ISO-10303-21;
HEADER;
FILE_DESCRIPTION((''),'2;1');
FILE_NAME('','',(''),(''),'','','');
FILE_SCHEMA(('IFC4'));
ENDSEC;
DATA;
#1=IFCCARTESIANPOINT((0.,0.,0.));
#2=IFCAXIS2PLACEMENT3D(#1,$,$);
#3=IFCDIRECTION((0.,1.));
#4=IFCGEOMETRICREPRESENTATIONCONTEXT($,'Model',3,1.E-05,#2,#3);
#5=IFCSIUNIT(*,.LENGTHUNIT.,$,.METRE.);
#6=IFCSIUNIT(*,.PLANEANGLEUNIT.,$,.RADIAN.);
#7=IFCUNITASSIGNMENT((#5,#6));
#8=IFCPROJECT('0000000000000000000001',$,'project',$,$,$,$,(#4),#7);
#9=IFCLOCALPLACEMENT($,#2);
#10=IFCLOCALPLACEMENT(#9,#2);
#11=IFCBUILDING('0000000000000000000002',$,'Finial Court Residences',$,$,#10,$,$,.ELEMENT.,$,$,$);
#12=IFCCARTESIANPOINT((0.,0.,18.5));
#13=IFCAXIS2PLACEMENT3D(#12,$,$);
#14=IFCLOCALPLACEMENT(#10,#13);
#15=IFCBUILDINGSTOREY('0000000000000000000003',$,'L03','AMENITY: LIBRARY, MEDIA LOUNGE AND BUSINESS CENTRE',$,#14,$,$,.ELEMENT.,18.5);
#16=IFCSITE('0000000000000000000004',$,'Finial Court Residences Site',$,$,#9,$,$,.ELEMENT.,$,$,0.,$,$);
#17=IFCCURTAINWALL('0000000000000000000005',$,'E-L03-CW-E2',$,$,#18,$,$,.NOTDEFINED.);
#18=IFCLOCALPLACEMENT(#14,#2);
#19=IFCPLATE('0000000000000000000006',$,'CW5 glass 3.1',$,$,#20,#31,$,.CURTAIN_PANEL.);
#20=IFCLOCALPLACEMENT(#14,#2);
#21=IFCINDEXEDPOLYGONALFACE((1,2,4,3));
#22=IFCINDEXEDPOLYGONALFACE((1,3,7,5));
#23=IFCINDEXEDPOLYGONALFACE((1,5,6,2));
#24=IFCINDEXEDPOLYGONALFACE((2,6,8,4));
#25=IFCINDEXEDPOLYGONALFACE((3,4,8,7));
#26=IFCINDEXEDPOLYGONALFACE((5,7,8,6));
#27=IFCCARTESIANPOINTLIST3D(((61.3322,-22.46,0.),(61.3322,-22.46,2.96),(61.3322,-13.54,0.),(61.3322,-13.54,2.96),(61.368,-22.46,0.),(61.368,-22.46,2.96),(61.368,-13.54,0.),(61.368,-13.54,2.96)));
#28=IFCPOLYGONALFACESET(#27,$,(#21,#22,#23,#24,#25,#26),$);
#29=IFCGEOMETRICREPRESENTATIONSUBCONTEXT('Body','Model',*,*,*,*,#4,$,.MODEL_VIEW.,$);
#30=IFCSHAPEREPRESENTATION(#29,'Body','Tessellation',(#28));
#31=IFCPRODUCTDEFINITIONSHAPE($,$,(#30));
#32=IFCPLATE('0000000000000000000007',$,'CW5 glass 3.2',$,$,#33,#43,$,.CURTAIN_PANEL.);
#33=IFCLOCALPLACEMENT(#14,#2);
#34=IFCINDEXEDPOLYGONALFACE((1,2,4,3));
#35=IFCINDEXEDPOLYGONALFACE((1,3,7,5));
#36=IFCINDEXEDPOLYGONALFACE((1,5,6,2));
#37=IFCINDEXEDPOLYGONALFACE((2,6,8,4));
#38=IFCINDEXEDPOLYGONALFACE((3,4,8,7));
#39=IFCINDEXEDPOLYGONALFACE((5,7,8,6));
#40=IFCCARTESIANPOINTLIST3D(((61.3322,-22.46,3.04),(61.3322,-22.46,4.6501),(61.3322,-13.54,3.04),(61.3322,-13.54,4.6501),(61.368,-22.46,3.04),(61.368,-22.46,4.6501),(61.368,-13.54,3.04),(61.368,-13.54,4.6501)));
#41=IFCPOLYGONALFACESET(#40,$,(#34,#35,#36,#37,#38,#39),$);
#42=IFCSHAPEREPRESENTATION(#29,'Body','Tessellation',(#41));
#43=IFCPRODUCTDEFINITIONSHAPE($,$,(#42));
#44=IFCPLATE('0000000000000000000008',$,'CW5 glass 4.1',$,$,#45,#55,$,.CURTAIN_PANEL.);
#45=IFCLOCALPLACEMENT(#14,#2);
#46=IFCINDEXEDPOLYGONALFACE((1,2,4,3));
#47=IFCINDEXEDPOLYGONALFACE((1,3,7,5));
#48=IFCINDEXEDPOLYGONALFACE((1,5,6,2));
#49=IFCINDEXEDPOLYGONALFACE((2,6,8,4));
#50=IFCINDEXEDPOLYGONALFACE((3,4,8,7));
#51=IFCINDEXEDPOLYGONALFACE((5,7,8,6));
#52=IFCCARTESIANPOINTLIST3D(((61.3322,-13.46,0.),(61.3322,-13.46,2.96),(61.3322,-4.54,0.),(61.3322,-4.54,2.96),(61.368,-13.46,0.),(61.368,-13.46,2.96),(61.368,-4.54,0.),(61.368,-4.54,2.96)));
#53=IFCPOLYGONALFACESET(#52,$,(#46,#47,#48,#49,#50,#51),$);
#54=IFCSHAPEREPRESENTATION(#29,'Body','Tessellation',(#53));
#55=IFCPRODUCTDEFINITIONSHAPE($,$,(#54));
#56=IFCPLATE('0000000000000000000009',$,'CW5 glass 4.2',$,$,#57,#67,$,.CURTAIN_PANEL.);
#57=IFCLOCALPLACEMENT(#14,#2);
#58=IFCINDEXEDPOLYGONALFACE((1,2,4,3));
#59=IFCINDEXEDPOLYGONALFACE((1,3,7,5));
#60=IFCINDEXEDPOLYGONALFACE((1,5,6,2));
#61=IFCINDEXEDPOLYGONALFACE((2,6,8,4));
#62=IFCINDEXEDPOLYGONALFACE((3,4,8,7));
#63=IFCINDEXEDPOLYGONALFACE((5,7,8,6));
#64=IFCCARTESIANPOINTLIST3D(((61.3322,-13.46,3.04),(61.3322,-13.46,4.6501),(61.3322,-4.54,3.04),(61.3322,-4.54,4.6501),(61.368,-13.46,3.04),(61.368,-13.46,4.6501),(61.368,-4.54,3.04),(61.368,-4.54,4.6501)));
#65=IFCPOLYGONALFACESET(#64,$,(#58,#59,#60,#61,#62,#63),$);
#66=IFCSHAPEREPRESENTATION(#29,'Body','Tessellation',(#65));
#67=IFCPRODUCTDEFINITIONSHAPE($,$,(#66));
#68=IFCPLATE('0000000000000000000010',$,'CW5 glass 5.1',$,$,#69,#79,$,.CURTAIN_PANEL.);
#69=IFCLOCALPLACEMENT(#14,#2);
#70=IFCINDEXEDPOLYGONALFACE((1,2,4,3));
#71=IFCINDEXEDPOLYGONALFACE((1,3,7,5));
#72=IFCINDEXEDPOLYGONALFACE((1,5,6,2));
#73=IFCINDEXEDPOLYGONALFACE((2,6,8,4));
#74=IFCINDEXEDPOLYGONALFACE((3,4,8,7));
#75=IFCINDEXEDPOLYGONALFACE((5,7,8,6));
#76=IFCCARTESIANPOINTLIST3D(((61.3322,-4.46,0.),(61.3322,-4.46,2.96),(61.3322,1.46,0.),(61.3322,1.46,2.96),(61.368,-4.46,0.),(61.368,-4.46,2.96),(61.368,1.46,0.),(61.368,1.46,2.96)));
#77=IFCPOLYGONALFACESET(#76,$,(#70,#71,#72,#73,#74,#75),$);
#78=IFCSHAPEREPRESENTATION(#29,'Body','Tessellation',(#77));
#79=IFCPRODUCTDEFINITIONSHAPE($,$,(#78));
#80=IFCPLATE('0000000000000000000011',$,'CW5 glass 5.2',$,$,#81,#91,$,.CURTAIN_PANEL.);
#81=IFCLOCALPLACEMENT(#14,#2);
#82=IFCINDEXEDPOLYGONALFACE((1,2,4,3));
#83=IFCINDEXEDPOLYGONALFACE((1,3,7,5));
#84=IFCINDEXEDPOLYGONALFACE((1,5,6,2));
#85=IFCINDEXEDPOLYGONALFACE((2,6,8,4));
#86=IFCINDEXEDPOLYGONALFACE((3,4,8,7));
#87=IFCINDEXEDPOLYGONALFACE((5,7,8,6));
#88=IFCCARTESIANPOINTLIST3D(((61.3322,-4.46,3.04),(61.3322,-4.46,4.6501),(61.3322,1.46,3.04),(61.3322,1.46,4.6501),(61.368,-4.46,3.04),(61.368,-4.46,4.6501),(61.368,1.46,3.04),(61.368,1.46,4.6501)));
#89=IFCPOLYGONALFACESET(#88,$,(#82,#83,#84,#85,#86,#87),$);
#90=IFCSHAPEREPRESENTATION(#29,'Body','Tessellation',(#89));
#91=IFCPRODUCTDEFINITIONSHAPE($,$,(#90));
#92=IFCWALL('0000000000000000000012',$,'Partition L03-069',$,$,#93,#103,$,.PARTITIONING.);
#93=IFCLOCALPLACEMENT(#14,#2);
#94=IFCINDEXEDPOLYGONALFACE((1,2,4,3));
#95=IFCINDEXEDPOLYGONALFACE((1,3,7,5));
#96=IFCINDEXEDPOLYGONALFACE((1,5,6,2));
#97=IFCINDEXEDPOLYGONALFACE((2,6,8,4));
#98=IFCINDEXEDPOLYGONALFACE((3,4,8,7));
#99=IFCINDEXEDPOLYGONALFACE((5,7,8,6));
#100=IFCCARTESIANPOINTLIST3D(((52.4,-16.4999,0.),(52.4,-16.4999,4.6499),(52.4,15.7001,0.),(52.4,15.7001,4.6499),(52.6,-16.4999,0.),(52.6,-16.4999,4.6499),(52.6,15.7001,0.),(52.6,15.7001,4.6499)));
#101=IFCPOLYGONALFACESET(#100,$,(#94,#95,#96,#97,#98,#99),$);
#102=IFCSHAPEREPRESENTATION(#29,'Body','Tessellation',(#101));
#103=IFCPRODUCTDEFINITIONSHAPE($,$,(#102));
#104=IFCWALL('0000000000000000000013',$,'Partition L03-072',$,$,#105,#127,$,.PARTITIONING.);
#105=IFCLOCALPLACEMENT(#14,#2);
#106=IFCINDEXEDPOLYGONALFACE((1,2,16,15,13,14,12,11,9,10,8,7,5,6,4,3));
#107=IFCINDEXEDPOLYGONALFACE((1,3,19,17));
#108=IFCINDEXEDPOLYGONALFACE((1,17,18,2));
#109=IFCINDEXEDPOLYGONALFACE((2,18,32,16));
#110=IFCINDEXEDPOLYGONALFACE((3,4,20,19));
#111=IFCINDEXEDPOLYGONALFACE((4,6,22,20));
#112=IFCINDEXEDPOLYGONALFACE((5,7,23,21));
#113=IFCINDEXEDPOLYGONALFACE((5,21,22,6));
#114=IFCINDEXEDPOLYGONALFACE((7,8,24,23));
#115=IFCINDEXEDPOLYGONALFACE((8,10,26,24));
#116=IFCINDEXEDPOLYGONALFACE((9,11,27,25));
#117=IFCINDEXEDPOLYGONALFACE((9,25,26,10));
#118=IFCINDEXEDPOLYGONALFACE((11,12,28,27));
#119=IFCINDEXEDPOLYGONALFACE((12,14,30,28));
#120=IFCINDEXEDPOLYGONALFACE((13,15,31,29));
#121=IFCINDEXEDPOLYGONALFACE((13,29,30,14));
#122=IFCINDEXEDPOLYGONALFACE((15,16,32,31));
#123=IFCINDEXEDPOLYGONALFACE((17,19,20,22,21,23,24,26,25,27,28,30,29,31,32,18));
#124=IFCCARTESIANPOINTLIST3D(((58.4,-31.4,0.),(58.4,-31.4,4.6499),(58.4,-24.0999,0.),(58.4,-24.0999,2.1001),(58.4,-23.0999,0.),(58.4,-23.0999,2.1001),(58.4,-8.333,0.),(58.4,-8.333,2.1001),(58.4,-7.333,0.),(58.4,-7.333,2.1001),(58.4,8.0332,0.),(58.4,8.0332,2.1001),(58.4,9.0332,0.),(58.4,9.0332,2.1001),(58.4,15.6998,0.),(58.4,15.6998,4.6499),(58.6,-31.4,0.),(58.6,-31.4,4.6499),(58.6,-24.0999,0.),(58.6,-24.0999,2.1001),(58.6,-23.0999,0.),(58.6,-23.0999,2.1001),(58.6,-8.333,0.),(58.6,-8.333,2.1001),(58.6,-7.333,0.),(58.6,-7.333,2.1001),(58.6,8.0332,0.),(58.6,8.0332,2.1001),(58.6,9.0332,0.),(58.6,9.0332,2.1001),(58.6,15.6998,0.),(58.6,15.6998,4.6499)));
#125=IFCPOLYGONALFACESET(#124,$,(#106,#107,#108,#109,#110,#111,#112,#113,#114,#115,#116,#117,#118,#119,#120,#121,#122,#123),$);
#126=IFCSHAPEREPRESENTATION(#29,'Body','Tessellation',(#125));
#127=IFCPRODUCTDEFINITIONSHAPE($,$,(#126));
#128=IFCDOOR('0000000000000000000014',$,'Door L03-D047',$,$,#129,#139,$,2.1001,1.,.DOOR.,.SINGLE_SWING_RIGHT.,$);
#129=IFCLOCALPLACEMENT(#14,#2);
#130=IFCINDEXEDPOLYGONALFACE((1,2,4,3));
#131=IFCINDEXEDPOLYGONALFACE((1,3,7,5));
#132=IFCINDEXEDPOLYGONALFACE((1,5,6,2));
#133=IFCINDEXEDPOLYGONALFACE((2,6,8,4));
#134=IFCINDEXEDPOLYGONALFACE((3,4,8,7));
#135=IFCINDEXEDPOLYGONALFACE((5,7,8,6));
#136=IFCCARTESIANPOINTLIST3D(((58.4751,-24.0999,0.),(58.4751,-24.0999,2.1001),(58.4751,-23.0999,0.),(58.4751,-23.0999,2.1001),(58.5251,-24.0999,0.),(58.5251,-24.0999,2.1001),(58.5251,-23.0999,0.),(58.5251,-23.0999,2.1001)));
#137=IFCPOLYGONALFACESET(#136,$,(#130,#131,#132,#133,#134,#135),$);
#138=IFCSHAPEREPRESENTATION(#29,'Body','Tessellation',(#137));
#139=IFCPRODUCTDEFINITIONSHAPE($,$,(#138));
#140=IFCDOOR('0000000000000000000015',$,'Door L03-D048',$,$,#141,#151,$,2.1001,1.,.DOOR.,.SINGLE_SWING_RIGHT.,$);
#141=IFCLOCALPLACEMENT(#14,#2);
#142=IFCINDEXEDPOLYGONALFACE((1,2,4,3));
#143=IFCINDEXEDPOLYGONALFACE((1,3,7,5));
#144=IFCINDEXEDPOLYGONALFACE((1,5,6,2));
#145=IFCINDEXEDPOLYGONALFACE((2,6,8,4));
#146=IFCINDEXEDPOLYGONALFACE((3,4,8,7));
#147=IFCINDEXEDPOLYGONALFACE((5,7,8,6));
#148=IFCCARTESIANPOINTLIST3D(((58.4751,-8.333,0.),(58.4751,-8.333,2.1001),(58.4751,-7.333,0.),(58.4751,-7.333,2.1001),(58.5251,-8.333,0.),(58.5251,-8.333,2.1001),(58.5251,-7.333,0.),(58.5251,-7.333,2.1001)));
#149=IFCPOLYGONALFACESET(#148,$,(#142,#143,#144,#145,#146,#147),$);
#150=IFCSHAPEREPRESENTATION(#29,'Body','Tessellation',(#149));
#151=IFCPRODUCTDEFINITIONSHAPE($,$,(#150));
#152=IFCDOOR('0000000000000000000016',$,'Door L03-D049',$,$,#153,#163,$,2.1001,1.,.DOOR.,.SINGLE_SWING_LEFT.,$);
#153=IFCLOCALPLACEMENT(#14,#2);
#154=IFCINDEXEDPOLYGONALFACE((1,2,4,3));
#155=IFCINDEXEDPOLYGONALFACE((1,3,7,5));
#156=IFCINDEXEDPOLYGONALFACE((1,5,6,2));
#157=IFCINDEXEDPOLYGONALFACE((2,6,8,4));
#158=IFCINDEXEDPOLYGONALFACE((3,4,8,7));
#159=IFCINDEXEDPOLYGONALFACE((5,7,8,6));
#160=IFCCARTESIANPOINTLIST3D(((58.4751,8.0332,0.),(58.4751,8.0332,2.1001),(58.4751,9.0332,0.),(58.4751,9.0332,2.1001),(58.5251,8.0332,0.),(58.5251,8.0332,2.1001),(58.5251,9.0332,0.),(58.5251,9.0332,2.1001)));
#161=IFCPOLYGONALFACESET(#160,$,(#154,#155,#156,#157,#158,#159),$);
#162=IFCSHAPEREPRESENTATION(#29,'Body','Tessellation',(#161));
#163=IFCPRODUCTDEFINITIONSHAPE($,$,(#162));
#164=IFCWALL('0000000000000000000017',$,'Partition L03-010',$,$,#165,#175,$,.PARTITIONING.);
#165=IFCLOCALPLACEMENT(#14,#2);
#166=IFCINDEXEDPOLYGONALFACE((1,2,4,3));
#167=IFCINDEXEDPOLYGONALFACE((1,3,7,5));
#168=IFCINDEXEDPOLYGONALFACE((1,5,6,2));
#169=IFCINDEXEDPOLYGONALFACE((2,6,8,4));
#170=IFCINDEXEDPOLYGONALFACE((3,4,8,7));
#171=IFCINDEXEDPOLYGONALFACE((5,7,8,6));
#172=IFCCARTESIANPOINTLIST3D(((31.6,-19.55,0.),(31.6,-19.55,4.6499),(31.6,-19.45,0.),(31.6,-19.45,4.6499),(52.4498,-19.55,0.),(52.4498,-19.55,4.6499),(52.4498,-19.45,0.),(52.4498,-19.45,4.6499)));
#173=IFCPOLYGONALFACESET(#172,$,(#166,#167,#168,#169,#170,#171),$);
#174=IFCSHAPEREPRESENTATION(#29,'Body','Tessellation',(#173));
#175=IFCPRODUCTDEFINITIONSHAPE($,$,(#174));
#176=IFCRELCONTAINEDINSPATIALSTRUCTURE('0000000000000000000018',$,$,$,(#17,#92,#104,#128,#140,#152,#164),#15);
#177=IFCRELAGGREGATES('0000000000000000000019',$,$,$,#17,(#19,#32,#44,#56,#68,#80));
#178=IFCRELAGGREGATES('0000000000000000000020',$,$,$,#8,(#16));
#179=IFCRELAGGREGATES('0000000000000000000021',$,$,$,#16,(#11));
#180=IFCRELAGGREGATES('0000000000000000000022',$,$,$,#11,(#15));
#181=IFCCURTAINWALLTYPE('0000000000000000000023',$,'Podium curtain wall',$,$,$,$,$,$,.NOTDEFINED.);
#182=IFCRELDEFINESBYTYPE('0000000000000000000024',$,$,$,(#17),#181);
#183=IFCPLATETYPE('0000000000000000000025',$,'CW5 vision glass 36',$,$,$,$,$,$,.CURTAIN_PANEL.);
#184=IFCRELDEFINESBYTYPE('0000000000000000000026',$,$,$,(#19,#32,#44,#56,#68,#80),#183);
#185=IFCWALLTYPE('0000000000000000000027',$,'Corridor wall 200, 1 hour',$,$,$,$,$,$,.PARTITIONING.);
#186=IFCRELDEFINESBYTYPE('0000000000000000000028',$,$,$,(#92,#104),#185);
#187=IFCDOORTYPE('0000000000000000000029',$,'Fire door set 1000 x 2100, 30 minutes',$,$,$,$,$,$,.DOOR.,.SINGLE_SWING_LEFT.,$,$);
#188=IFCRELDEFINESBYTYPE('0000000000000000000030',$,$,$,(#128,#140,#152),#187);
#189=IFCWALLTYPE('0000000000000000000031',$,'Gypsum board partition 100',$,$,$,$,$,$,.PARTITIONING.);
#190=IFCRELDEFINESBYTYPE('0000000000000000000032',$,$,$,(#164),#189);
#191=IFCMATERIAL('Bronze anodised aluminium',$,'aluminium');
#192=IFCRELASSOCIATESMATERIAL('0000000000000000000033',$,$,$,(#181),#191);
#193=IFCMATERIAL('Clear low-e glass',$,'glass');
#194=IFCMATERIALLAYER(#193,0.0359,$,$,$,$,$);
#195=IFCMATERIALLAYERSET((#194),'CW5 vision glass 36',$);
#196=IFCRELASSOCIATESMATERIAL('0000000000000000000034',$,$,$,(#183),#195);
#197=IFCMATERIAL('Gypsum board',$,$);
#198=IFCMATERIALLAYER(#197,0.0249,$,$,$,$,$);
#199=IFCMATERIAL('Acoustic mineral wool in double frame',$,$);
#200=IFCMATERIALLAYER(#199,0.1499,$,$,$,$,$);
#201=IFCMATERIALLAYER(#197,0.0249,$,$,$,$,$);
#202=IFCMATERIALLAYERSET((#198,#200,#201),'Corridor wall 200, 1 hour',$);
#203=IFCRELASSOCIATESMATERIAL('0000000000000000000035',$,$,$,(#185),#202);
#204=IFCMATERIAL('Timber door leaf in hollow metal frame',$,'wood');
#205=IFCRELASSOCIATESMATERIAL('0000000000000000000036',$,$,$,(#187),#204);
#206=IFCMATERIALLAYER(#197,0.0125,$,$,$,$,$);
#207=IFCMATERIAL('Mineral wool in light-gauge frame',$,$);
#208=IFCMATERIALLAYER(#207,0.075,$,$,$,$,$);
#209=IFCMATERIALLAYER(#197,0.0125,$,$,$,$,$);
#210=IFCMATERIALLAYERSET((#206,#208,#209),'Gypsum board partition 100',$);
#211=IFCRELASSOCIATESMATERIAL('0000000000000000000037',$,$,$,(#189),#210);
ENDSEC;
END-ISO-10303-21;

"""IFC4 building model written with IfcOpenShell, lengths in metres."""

from ifc_helpers import new_model, si_unit, direction, frame, frame_2d, origin, origin_2d, place, context, subcontext, project, spatial, rectangle, extrude, material, layer, layer_set, type_object, element, fill, aggregate, save


model = new_model("IFC4")

# Units and contexts
model_context = context("Model", 3, precision=1e-05, world=origin(), true_north=direction((0.0, 1.0)))
body_context = subcontext(model_context, "Body", "Model", "MODEL_VIEW")
ifc_project = project(units=[si_unit("LENGTHUNIT", "METRE"), si_unit("PLANEANGLEUNIT", "RADIAN")], contexts=[model_context])

# Site, building, storey
site_placement = place(None, origin())
site = spatial("IfcSite", under=ifc_project, at=site_placement, Name="Finial Court Residences Site", CompositionType="ELEMENT", RefElevation=0.0)
building_placement = place(site_placement, origin())
building = spatial("IfcBuilding", under=site, at=building_placement, Name="Finial Court Residences", CompositionType="ELEMENT")
storey_placement = place(building_placement, frame((0.0, 0.0, 18.5)))
storey = spatial("IfcBuildingStorey", under=building, at=storey_placement, Name="L03", Description="AMENITY: LIBRARY, MEDIA LOUNGE AND BUSINESS CENTRE", CompositionType="ELEMENT", Elevation=18.5)

# Curtain wall, plates
ifc_material_1 = material(Name="Bronze anodised aluminium", Category="aluminium")
curtain_wall_type = type_object("IfcCurtainWallType", Name="Podium curtain wall", PredefinedType="NOTDEFINED", material=ifc_material_1)
curtain_wall_placement = place(storey_placement, origin())
curtain_wall = element("IfcCurtainWall", 1, at=curtain_wall_placement, inside=storey, type_object=curtain_wall_type, Name="E-L03-CW-E2", PredefinedType="NOTDEFINED")
ifc_material_2 = material(Name="Clear low-e glass", Category="glass")
ifc_layer_1 = layer(ifc_material_2, 0.0359)
ifc_layer_set_1 = layer_set([ifc_layer_1], Name="CW5 vision glass 36")
plate_type = type_object("IfcPlateType", Name="CW5 vision glass 36", PredefinedType="CURTAIN_PANEL", material=ifc_layer_set_1)
plate_1_placement = place(storey_placement, frame((61.3501, -18.0, 0.0), z_axis=(0.0, 0.0, 1.0), x_axis=(0.0, 1.0, 0.0)))
plate_1 = element("IfcPlate", 2, at=plate_1_placement, type_object=plate_type, Name="CW5 glass 3.1", PredefinedType="CURTAIN_PANEL", context=body_context, shape_type="SweptSolid", body=[
    extrude(rectangle(XDim=8.9199, YDim=0.0359, at=origin_2d()), origin(), (0.0, 0.0, 1.0), 2.96),
])
plate_2_placement = place(storey_placement, frame((61.3501, -18.0, 3.04), z_axis=(0.0, 0.0, 1.0), x_axis=(0.0, 1.0, 0.0)))
plate_2 = element("IfcPlate", 3, at=plate_2_placement, type_object=plate_type, Name="CW5 glass 3.2", PredefinedType="CURTAIN_PANEL", context=body_context, shape_type="SweptSolid", body=[
    extrude(rectangle(XDim=8.9199, YDim=0.0359, at=origin_2d()), origin(), (0.0, 0.0, 1.0), 1.6101),
])
plate_3_placement = place(storey_placement, frame((61.3501, -9.0, 0.0), z_axis=(0.0, 0.0, 1.0), x_axis=(0.0, 1.0, 0.0)))
plate_3 = element("IfcPlate", 4, at=plate_3_placement, type_object=plate_type, Name="CW5 glass 4.1", PredefinedType="CURTAIN_PANEL", context=body_context, shape_type="SweptSolid", body=[
    extrude(rectangle(XDim=8.9199, YDim=0.0359, at=origin_2d()), origin(), (0.0, 0.0, 1.0), 2.96),
])
plate_4_placement = place(storey_placement, frame((61.3501, -9.0, 3.04), z_axis=(0.0, 0.0, 1.0), x_axis=(0.0, 1.0, 0.0)))
plate_4 = element("IfcPlate", 5, at=plate_4_placement, type_object=plate_type, Name="CW5 glass 4.2", PredefinedType="CURTAIN_PANEL", context=body_context, shape_type="SweptSolid", body=[
    extrude(rectangle(XDim=8.9199, YDim=0.0359, at=origin_2d()), origin(), (0.0, 0.0, 1.0), 1.6101),
])
plate_5_placement = place(storey_placement, frame((61.3501, -1.5, 0.0), z_axis=(0.0, 0.0, 1.0), x_axis=(0.0, 1.0, 0.0)))
plate_5 = element("IfcPlate", 6, at=plate_5_placement, type_object=plate_type, Name="CW5 glass 5.1", PredefinedType="CURTAIN_PANEL", context=body_context, shape_type="SweptSolid", body=[
    extrude(rectangle(XDim=5.9199, YDim=0.0359, at=origin_2d()), origin(), (0.0, 0.0, 1.0), 2.96),
])
plate_6_placement = place(storey_placement, frame((61.3501, -1.5, 3.04), z_axis=(0.0, 0.0, 1.0), x_axis=(0.0, 1.0, 0.0)))
plate_6 = element("IfcPlate", 7, at=plate_6_placement, type_object=plate_type, Name="CW5 glass 5.2", PredefinedType="CURTAIN_PANEL", context=body_context, shape_type="SweptSolid", body=[
    extrude(rectangle(XDim=5.9199, YDim=0.0359, at=origin_2d()), origin(), (0.0, 0.0, 1.0), 1.6101),
])
aggregate(curtain_wall, [plate_1, plate_2, plate_3, plate_4, plate_5, plate_6])

# Wall
ifc_material_3 = material(Name="Gypsum board")
ifc_layer_2 = layer(ifc_material_3, 0.0249)
ifc_material_4 = material(Name="Acoustic mineral wool in double frame")
ifc_layer_3 = layer(ifc_material_4, 0.1499)
ifc_layer_4 = layer(ifc_material_3, 0.0249)
ifc_layer_set_2 = layer_set([ifc_layer_2, ifc_layer_3, ifc_layer_4], Name="Corridor wall 200, 1 hour")
wall_type_1 = type_object("IfcWallType", Name="Corridor wall 200, 1 hour", PredefinedType="PARTITIONING", material=ifc_layer_set_2)
wall_1_placement = place(storey_placement, frame((52.5, -16.5, 0.0), z_axis=(0.0, 0.0, 1.0), x_axis=(0.0, 1.0, 0.0)))
element("IfcWall", 8, at=wall_1_placement, inside=storey, type_object=wall_type_1, Name="Partition L03-069", PredefinedType="PARTITIONING", context=body_context, shape_type="SweptSolid", body=[
    extrude(rectangle(XDim=32.2, YDim=0.2, at=frame_2d((16.1001, 0.0))), origin(), (0.0, 0.0, 1.0), 4.6499),
])

# Wall, openings, doors
wall_2_placement = place(storey_placement, frame((58.5, -31.3999, 0.0), z_axis=(0.0, 0.0, 1.0), x_axis=(0.0, 1.0, 0.0)))
wall_2 = element("IfcWall", 9, at=wall_2_placement, inside=storey, type_object=wall_type_1, Name="Partition L03-072", PredefinedType="PARTITIONING", context=body_context, shape_type="SweptSolid", body=[
    extrude(rectangle(XDim=47.0999, YDim=0.2, at=frame_2d((23.5498, 0.0))), origin(), (0.0, 0.0, 1.0), 4.6499),
])
opening_1_placement = place(wall_2_placement, frame((7.3, 0.0, 0.0)))
opening_1 = element("IfcOpeningElement", 10, at=opening_1_placement, cuts=wall_2, PredefinedType="OPENING", context=body_context, shape_type="SweptSolid", body=[
    extrude(rectangle(XDim=1.0, YDim=2.1001, at=frame_2d((0.5, 1.05))), frame((0.0, 0.1099, 0.0), z_axis=(0.0, -1.0, 0.0), x_axis=(1.0, 0.0, 0.0)), (0.0, 0.0, 1.0), 0.22),
])
opening_2_placement = place(wall_2_placement, frame((23.0669, 0.0, 0.0)))
opening_2 = element("IfcOpeningElement", 11, at=opening_2_placement, cuts=wall_2, PredefinedType="OPENING", context=body_context, shape_type="SweptSolid", body=[
    extrude(rectangle(XDim=1.0, YDim=2.1001, at=frame_2d((0.5, 1.05))), frame((0.0, 0.1099, 0.0), z_axis=(0.0, -1.0, 0.0), x_axis=(1.0, 0.0, 0.0)), (0.0, 0.0, 1.0), 0.22),
])
opening_3_placement = place(wall_2_placement, frame((39.4331, 0.0, 0.0)))
opening_3 = element("IfcOpeningElement", 12, at=opening_3_placement, cuts=wall_2, PredefinedType="OPENING", context=body_context, shape_type="SweptSolid", body=[
    extrude(rectangle(XDim=1.0, YDim=2.1001, at=frame_2d((0.5, 1.05))), frame((0.0, 0.1099, 0.0), z_axis=(0.0, -1.0, 0.0), x_axis=(1.0, 0.0, 0.0)), (0.0, 0.0, 1.0), 0.22),
])
ifc_material_5 = material(Name="Timber door leaf in hollow metal frame", Category="wood")
door_type = type_object("IfcDoorType", Name="Fire door set 1000 x 2100, 30 minutes", OperationType="SINGLE_SWING_LEFT", PredefinedType="DOOR", material=ifc_material_5)
door_1_placement = place(opening_1_placement, origin())
door_1 = element("IfcDoor", 13, at=door_1_placement, inside=storey, type_object=door_type, Name="Door L03-D047", OperationType="SINGLE_SWING_RIGHT", OverallHeight=2.1001, OverallWidth=1.0, PredefinedType="DOOR", context=body_context, shape_type="SweptSolid", body=[
    extrude(rectangle(XDim=1.0, YDim=2.1001, at=frame_2d((0.5, 1.05))), frame((0.0, 0.0249, 0.0), z_axis=(0.0, -1.0, 0.0), x_axis=(1.0, 0.0, 0.0)), (0.0, 0.0, 1.0), 0.05),
])
fill(opening_1, door_1)
door_2_placement = place(opening_2_placement, origin())
door_2 = element("IfcDoor", 14, at=door_2_placement, inside=storey, type_object=door_type, Name="Door L03-D048", OperationType="SINGLE_SWING_RIGHT", OverallHeight=2.1001, OverallWidth=1.0, PredefinedType="DOOR", context=body_context, shape_type="SweptSolid", body=[
    extrude(rectangle(XDim=1.0, YDim=2.1001, at=frame_2d((0.5, 1.05))), frame((0.0, 0.0249, 0.0), z_axis=(0.0, -1.0, 0.0), x_axis=(1.0, 0.0, 0.0)), (0.0, 0.0, 1.0), 0.05),
])
fill(opening_2, door_2)
door_3_placement = place(opening_3_placement, origin())
door_3 = element("IfcDoor", 15, at=door_3_placement, inside=storey, type_object=door_type, Name="Door L03-D049", OperationType="SINGLE_SWING_LEFT", OverallHeight=2.1001, OverallWidth=1.0, PredefinedType="DOOR", context=body_context, shape_type="SweptSolid", body=[
    extrude(rectangle(XDim=1.0, YDim=2.1001, at=frame_2d((0.5, 1.05))), frame((0.0, 0.0249, 0.0), z_axis=(0.0, -1.0, 0.0), x_axis=(1.0, 0.0, 0.0)), (0.0, 0.0, 1.0), 0.05),
])
fill(opening_3, door_3)

# Wall
ifc_layer_5 = layer(ifc_material_3, 0.0125)
ifc_material_6 = material(Name="Mineral wool in light-gauge frame")
ifc_layer_6 = layer(ifc_material_6, 0.075)
ifc_layer_7 = layer(ifc_material_3, 0.0125)
ifc_layer_set_3 = layer_set([ifc_layer_5, ifc_layer_6, ifc_layer_7], Name="Gypsum board partition 100")
wall_type_2 = type_object("IfcWallType", Name="Gypsum board partition 100", PredefinedType="PARTITIONING", material=ifc_layer_set_3)
wall_3_placement = place(storey_placement, frame((31.6001, -19.5, 0.0), z_axis=(0.0, 0.0, 1.0), x_axis=(1.0, 0.0, 0.0)))
element("IfcWall", 16, at=wall_3_placement, inside=storey, type_object=wall_type_2, Name="Partition L03-010", PredefinedType="PARTITIONING", context=body_context, shape_type="SweptSolid", body=[
    extrude(rectangle(XDim=20.8499, YDim=0.1001, at=frame_2d((10.4248, 0.0))), origin(), (0.0, 0.0, 1.0), 4.6499),
])

save(model, "model.ifc")
